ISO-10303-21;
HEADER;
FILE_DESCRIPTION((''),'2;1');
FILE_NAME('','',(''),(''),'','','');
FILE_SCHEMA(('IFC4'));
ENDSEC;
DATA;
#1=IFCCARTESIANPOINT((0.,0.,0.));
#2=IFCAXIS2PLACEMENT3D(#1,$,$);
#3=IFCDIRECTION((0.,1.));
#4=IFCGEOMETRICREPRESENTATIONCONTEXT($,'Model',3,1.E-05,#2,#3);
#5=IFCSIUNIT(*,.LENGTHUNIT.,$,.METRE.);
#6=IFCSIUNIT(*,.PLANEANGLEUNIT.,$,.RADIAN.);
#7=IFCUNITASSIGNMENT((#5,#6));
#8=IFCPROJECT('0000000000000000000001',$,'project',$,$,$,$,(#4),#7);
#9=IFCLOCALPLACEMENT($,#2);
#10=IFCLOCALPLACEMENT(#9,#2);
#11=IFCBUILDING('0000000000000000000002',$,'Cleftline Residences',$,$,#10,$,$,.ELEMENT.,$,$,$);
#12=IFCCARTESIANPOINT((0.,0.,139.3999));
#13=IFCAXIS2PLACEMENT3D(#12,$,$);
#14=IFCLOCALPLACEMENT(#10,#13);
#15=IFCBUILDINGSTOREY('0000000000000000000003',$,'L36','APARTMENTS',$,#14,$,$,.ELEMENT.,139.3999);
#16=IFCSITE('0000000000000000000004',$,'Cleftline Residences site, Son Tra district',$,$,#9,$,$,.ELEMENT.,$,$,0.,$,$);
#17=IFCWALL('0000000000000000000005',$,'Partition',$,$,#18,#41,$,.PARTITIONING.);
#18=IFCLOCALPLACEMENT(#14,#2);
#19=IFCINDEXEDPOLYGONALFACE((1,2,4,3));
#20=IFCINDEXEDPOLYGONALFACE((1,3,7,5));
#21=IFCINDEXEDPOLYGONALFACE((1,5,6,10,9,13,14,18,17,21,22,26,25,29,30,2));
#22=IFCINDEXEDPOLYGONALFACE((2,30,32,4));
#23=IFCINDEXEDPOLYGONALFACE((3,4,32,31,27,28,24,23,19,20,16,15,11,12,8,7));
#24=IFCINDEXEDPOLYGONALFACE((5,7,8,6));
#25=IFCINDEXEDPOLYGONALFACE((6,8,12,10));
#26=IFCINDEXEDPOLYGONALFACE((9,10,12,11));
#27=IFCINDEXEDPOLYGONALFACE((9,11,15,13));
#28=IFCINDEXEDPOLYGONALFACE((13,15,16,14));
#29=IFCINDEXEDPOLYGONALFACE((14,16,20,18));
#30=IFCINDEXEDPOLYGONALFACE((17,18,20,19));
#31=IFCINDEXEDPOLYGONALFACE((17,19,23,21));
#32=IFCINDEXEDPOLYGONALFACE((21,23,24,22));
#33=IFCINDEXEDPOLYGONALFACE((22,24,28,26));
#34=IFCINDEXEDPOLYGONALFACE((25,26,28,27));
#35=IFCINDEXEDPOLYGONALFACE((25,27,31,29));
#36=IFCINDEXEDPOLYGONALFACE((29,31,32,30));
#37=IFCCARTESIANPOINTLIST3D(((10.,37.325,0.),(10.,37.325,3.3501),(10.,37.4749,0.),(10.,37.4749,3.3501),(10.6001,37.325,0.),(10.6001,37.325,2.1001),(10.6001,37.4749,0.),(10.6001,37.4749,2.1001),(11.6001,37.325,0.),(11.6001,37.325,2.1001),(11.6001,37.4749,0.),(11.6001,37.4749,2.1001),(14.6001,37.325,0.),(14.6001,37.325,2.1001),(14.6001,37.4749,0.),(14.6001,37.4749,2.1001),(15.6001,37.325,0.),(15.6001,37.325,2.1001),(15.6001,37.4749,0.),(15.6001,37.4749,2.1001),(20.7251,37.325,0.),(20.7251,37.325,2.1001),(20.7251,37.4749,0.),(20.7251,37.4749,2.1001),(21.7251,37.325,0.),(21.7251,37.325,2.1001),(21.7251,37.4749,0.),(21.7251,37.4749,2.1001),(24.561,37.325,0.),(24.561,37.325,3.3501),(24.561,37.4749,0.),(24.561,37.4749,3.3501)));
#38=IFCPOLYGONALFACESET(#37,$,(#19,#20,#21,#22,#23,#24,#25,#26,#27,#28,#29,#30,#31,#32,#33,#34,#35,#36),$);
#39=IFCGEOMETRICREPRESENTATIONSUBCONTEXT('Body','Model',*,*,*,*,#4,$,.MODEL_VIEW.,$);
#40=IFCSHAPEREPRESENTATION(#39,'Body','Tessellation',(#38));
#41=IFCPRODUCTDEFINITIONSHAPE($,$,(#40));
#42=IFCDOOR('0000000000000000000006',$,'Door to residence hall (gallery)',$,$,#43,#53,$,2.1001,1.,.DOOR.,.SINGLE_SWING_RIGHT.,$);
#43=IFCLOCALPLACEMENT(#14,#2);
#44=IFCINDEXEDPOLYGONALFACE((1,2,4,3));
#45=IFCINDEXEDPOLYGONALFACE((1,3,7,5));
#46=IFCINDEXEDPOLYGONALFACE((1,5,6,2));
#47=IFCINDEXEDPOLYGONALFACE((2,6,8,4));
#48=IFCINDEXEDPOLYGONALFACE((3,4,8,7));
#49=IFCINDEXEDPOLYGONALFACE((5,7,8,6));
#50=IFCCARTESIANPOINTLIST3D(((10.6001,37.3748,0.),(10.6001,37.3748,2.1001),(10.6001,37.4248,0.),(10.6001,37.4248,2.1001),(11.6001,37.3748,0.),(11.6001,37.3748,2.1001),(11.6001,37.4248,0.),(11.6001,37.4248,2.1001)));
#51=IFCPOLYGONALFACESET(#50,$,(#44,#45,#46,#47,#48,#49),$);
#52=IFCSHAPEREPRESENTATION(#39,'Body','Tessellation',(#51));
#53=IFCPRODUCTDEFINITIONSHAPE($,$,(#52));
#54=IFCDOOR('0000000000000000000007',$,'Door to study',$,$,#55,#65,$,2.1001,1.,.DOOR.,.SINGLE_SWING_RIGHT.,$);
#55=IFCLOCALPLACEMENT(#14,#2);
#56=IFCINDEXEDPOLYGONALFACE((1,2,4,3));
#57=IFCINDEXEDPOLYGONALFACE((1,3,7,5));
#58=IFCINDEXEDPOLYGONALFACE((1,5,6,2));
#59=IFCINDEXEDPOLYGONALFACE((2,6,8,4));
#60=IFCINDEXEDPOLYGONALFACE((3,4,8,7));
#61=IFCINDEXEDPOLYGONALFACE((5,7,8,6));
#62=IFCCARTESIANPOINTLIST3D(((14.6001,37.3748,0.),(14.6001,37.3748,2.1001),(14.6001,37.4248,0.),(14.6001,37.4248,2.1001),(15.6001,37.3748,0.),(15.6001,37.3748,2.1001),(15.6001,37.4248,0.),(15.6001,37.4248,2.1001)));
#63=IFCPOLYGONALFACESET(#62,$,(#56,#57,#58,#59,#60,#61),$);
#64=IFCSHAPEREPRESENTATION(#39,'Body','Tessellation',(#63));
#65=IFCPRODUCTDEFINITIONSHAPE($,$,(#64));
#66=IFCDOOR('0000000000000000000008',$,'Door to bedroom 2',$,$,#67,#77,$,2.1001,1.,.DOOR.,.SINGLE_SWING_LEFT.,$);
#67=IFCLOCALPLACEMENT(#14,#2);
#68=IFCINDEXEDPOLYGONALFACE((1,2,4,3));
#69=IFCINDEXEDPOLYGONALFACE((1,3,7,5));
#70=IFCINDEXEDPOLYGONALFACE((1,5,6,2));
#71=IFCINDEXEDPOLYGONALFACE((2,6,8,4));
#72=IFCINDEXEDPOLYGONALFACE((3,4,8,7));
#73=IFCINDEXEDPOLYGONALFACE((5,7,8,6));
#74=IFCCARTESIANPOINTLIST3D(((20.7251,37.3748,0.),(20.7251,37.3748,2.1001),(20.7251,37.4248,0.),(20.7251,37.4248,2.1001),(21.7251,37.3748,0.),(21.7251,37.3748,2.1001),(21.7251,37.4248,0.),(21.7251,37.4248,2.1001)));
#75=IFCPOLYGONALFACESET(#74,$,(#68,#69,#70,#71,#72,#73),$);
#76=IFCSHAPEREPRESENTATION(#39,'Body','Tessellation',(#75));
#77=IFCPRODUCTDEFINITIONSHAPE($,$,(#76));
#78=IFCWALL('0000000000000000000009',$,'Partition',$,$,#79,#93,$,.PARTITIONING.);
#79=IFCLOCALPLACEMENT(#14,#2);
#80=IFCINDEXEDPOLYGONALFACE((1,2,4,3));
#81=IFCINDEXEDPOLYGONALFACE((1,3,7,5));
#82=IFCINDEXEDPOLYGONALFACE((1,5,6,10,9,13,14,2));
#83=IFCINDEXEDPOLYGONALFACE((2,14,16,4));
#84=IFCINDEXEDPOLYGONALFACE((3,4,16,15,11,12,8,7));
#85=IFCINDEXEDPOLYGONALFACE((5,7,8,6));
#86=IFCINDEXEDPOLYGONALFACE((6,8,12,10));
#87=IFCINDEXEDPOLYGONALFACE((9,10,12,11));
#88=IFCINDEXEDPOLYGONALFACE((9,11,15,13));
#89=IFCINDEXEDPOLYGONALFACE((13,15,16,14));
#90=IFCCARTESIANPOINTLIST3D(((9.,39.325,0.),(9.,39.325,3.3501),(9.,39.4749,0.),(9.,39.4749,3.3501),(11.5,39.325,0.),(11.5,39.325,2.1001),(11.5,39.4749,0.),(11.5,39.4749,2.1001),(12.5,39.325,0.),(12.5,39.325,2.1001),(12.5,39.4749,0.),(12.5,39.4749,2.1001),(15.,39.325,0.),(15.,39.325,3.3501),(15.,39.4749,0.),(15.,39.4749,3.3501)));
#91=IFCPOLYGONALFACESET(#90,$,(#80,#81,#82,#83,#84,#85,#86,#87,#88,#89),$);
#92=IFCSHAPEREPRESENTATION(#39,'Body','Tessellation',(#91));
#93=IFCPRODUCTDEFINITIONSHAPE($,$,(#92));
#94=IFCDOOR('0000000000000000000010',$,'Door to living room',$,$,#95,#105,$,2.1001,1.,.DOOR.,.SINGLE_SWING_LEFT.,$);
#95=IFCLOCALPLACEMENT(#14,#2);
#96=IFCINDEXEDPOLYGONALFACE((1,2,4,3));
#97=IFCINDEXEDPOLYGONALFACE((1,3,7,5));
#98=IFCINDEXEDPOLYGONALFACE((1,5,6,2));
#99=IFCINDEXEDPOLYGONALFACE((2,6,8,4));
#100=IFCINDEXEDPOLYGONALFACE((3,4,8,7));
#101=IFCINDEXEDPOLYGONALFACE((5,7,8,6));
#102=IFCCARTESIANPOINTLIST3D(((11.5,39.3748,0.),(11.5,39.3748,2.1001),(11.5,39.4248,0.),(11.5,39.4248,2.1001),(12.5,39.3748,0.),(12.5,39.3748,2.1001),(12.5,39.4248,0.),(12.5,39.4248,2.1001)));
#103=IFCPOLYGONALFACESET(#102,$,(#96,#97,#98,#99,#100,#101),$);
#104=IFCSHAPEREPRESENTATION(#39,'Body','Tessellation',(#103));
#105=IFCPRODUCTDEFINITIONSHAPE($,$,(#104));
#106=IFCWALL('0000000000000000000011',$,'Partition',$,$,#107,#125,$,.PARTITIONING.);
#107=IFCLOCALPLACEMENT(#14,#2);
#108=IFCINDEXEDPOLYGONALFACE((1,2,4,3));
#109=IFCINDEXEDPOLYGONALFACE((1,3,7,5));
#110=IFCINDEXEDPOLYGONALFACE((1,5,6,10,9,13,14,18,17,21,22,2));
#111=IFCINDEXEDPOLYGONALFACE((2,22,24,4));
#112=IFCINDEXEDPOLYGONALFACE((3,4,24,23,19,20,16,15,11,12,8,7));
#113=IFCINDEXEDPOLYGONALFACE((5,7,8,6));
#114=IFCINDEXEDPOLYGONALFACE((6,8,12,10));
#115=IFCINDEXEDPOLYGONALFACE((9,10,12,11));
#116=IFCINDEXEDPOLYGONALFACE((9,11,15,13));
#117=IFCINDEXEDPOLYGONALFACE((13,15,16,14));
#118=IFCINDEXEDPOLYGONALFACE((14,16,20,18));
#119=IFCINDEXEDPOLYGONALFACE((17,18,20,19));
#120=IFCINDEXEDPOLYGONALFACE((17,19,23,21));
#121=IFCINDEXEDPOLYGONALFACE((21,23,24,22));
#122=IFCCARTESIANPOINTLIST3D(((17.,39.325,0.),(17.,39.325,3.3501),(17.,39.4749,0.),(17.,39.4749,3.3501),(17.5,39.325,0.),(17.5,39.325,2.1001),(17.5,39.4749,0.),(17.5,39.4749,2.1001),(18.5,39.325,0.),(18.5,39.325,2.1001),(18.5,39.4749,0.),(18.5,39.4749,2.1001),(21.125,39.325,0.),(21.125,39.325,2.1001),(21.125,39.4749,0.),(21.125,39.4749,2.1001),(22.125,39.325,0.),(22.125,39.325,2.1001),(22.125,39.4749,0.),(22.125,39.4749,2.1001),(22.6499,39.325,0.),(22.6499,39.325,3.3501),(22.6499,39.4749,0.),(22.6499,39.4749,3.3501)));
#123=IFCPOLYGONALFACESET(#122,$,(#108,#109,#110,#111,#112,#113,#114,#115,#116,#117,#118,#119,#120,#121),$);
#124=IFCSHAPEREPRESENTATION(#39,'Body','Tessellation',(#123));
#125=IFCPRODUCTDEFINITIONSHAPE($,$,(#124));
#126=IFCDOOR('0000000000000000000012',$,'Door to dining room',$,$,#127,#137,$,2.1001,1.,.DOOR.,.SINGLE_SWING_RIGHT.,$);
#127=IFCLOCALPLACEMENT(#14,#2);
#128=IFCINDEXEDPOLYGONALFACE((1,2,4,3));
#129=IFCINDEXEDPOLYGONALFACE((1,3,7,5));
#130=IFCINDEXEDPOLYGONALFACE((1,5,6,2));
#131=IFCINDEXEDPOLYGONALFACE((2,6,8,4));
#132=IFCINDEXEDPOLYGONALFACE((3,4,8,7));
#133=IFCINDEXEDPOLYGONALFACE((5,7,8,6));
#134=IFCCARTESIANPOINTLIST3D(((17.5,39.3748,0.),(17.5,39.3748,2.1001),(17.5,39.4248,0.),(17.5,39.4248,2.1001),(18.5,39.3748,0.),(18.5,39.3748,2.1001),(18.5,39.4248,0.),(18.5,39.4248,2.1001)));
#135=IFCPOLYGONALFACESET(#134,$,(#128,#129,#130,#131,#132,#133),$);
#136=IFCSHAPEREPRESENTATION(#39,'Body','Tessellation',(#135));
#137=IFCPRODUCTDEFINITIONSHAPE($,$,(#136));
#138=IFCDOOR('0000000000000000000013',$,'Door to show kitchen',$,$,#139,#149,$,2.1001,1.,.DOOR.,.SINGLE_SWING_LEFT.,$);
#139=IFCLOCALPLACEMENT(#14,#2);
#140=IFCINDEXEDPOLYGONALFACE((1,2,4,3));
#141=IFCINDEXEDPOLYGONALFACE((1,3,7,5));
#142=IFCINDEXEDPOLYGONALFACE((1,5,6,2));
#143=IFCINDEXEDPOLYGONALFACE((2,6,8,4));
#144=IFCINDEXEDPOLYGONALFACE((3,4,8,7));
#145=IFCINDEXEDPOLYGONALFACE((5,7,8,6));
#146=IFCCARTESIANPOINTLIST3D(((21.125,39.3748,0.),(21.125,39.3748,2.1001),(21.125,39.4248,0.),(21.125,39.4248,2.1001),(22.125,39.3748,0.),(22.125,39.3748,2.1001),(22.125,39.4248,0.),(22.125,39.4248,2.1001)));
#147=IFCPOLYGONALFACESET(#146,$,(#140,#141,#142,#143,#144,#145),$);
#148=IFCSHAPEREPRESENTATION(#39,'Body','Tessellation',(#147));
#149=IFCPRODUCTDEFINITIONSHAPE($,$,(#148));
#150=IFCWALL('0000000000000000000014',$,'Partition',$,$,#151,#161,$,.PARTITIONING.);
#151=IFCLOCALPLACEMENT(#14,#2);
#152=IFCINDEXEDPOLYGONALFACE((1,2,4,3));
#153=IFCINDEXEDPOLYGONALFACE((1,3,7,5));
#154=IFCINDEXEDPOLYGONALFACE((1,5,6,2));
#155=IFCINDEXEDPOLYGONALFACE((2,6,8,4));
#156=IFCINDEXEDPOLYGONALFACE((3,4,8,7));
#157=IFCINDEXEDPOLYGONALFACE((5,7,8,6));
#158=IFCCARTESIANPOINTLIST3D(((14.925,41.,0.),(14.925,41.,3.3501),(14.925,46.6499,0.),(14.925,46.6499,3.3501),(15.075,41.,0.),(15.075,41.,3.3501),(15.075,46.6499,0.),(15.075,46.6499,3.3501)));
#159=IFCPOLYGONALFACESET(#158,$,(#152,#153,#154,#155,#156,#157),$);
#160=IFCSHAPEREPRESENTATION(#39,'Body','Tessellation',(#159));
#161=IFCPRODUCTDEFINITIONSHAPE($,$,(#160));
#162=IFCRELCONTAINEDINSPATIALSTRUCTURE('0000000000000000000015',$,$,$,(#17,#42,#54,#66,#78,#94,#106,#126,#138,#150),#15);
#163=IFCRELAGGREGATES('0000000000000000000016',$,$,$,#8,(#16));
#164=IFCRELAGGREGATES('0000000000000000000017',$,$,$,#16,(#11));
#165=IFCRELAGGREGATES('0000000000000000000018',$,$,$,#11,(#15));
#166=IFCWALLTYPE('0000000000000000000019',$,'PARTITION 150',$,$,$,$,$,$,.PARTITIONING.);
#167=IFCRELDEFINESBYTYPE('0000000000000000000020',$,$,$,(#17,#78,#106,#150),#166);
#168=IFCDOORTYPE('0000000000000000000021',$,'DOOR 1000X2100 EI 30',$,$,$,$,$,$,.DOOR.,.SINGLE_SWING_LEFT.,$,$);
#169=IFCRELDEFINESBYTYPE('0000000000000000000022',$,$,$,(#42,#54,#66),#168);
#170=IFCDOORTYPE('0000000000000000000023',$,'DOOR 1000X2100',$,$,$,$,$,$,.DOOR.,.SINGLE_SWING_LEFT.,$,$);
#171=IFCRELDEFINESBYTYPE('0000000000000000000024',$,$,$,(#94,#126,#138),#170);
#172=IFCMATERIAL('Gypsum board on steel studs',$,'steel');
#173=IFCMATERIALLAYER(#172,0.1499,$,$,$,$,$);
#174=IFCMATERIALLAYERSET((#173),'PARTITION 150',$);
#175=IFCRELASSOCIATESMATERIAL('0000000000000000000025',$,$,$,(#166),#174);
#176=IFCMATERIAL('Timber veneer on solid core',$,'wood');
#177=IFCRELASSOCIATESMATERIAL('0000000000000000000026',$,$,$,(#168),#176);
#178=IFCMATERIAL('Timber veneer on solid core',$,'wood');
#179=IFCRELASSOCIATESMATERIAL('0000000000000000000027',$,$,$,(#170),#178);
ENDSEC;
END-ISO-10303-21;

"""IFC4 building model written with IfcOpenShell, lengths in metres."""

from ifc_helpers import new_model, si_unit, direction, frame, frame_2d, origin, place, context, subcontext, project, spatial, rectangle, extrude, material, layer, layer_set, type_object, element, fill, save


model = new_model("IFC4")

# Units and contexts
model_context = context("Model", 3, precision=1e-05, world=origin(), true_north=direction((0.0, 1.0)))
body_context = subcontext(model_context, "Body", "Model", "MODEL_VIEW")
ifc_project = project(units=[si_unit("LENGTHUNIT", "METRE"), si_unit("PLANEANGLEUNIT", "RADIAN")], contexts=[model_context])

# Site, building, storey
site_placement = place(None, origin())
site = spatial("IfcSite", under=ifc_project, at=site_placement, Name="Cleftline Residences site, Son Tra district", CompositionType="ELEMENT", RefElevation=0.0)
building_placement = place(site_placement, origin())
building = spatial("IfcBuilding", under=site, at=building_placement, Name="Cleftline Residences", CompositionType="ELEMENT")
storey_placement = place(building_placement, frame((0.0, 0.0, 139.3999)))
storey = spatial("IfcBuildingStorey", under=building, at=storey_placement, Name="L36", Description="APARTMENTS", CompositionType="ELEMENT", Elevation=139.3999)

# Wall, openings, doors
ifc_material_1 = material(Name="Gypsum board on steel studs", Category="steel")
ifc_layer = layer(ifc_material_1, 0.1499)
ifc_layer_set = layer_set([ifc_layer], Name="PARTITION 150")
wall_type = type_object("IfcWallType", Name="PARTITION 150", PredefinedType="PARTITIONING", material=ifc_layer_set)
wall_1_placement = place(storey_placement, frame((10.0, 37.3999, 0.0), z_axis=(0.0, 0.0, 1.0), x_axis=(1.0, 0.0, 0.0)))
wall_1 = element("IfcWall", 1, at=wall_1_placement, inside=storey, type_object=wall_type, Name="Partition", PredefinedType="PARTITIONING", context=body_context, shape_type="SweptSolid", body=[
    extrude(rectangle(XDim=14.561, YDim=0.1499, at=frame_2d((7.2805, 0.0))), origin(), (0.0, 0.0, 1.0), 3.3501),
])
opening_1_placement = place(wall_1_placement, frame((0.6001, 0.0, 0.0)))
opening_1 = element("IfcOpeningElement", 2, at=opening_1_placement, cuts=wall_1, PredefinedType="OPENING", context=body_context, shape_type="SweptSolid", body=[
    extrude(rectangle(XDim=1.0, YDim=2.1001, at=frame_2d((0.5, 1.05))), frame((0.0, 0.085, 0.0), z_axis=(0.0, -1.0, 0.0), x_axis=(1.0, 0.0, 0.0)), (0.0, 0.0, 1.0), 0.1699),
])
opening_2_placement = place(wall_1_placement, frame((4.6001, 0.0, 0.0)))
opening_2 = element("IfcOpeningElement", 3, at=opening_2_placement, cuts=wall_1, PredefinedType="OPENING", context=body_context, shape_type="SweptSolid", body=[
    extrude(rectangle(XDim=1.0, YDim=2.1001, at=frame_2d((0.5, 1.05))), frame((0.0, 0.085, 0.0), z_axis=(0.0, -1.0, 0.0), x_axis=(1.0, 0.0, 0.0)), (0.0, 0.0, 1.0), 0.1699),
])
opening_3_placement = place(wall_1_placement, frame((10.7251, 0.0, 0.0)))
opening_3 = element("IfcOpeningElement", 4, at=opening_3_placement, cuts=wall_1, PredefinedType="OPENING", context=body_context, shape_type="SweptSolid", body=[
    extrude(rectangle(XDim=1.0, YDim=2.1001, at=frame_2d((0.5, 1.05))), frame((0.0, 0.085, 0.0), z_axis=(0.0, -1.0, 0.0), x_axis=(1.0, 0.0, 0.0)), (0.0, 0.0, 1.0), 0.1699),
])
ifc_material_2 = material(Name="Timber veneer on solid core", Category="wood")
door_type_1 = type_object("IfcDoorType", Name="DOOR 1000X2100 EI 30", OperationType="SINGLE_SWING_LEFT", PredefinedType="DOOR", material=ifc_material_2)
door_1_placement = place(opening_1_placement, origin())
door_1 = element("IfcDoor", 5, at=door_1_placement, inside=storey, type_object=door_type_1, Name="Door to residence hall (gallery)", OperationType="SINGLE_SWING_RIGHT", OverallHeight=2.1001, OverallWidth=1.0, PredefinedType="DOOR", context=body_context, shape_type="SweptSolid", body=[
    extrude(rectangle(XDim=1.0, YDim=2.1001, at=frame_2d((0.5, 1.05))), frame((0.0, 0.0249, 0.0), z_axis=(0.0, -1.0, 0.0), x_axis=(1.0, 0.0, 0.0)), (0.0, 0.0, 1.0), 0.05),
])
fill(opening_1, door_1)
door_2_placement = place(opening_2_placement, origin())
door_2 = element("IfcDoor", 6, at=door_2_placement, inside=storey, type_object=door_type_1, Name="Door to study", OperationType="SINGLE_SWING_RIGHT", OverallHeight=2.1001, OverallWidth=1.0, PredefinedType="DOOR", context=body_context, shape_type="SweptSolid", body=[
    extrude(rectangle(XDim=1.0, YDim=2.1001, at=frame_2d((0.5, 1.05))), frame((0.0, 0.0249, 0.0), z_axis=(0.0, -1.0, 0.0), x_axis=(1.0, 0.0, 0.0)), (0.0, 0.0, 1.0), 0.05),
])
fill(opening_2, door_2)
door_3_placement = place(opening_3_placement, origin())
door_3 = element("IfcDoor", 7, at=door_3_placement, inside=storey, type_object=door_type_1, Name="Door to bedroom 2", OperationType="SINGLE_SWING_LEFT", OverallHeight=2.1001, OverallWidth=1.0, PredefinedType="DOOR", context=body_context, shape_type="SweptSolid", body=[
    extrude(rectangle(XDim=1.0, YDim=2.1001, at=frame_2d((0.5, 1.05))), frame((0.0, 0.0249, 0.0), z_axis=(0.0, -1.0, 0.0), x_axis=(1.0, 0.0, 0.0)), (0.0, 0.0, 1.0), 0.05),
])
fill(opening_3, door_3)

# Wall, opening, door
wall_2_placement = place(storey_placement, frame((9.0, 39.3999, 0.0), z_axis=(0.0, 0.0, 1.0), x_axis=(1.0, 0.0, 0.0)))
wall_2 = element("IfcWall", 8, at=wall_2_placement, inside=storey, type_object=wall_type, Name="Partition", PredefinedType="PARTITIONING", context=body_context, shape_type="SweptSolid", body=[
    extrude(rectangle(XDim=6.0, YDim=0.1499, at=frame_2d((3.0, 0.0))), origin(), (0.0, 0.0, 1.0), 3.3501),
])
opening_4_placement = place(wall_2_placement, frame((2.5, 0.0, 0.0)))
opening_4 = element("IfcOpeningElement", 9, at=opening_4_placement, cuts=wall_2, PredefinedType="OPENING", context=body_context, shape_type="SweptSolid", body=[
    extrude(rectangle(XDim=1.0, YDim=2.1001, at=frame_2d((0.5, 1.05))), frame((0.0, 0.085, 0.0), z_axis=(0.0, -1.0, 0.0), x_axis=(1.0, 0.0, 0.0)), (0.0, 0.0, 1.0), 0.1699),
])
ifc_material_3 = material(Name="Timber veneer on solid core", Category="wood")
door_type_2 = type_object("IfcDoorType", Name="DOOR 1000X2100", OperationType="SINGLE_SWING_LEFT", PredefinedType="DOOR", material=ifc_material_3)
door_4_placement = place(opening_4_placement, origin())
door_4 = element("IfcDoor", 10, at=door_4_placement, inside=storey, type_object=door_type_2, Name="Door to living room", OperationType="SINGLE_SWING_LEFT", OverallHeight=2.1001, OverallWidth=1.0, PredefinedType="DOOR", context=body_context, shape_type="SweptSolid", body=[
    extrude(rectangle(XDim=1.0, YDim=2.1001, at=frame_2d((0.5, 1.05))), frame((0.0, 0.0249, 0.0), z_axis=(0.0, -1.0, 0.0), x_axis=(1.0, 0.0, 0.0)), (0.0, 0.0, 1.0), 0.05),
])
fill(opening_4, door_4)

# Wall, openings, doors
wall_3_placement = place(storey_placement, frame((17.0, 39.3999, 0.0), z_axis=(0.0, 0.0, 1.0), x_axis=(1.0, 0.0, 0.0)))
wall_3 = element("IfcWall", 11, at=wall_3_placement, inside=storey, type_object=wall_type, Name="Partition", PredefinedType="PARTITIONING", context=body_context, shape_type="SweptSolid", body=[
    extrude(rectangle(XDim=5.6499, YDim=0.1499, at=frame_2d((2.825, 0.0))), origin(), (0.0, 0.0, 1.0), 3.3501),
])
opening_5_placement = place(wall_3_placement, frame((0.5, 0.0, 0.0)))
opening_5 = element("IfcOpeningElement", 12, at=opening_5_placement, cuts=wall_3, PredefinedType="OPENING", context=body_context, shape_type="SweptSolid", body=[
    extrude(rectangle(XDim=1.0, YDim=2.1001, at=frame_2d((0.5, 1.05))), frame((0.0, 0.085, 0.0), z_axis=(0.0, -1.0, 0.0), x_axis=(1.0, 0.0, 0.0)), (0.0, 0.0, 1.0), 0.1699),
])
opening_6_placement = place(wall_3_placement, frame((4.125, 0.0, 0.0)))
opening_6 = element("IfcOpeningElement", 13, at=opening_6_placement, cuts=wall_3, PredefinedType="OPENING", context=body_context, shape_type="SweptSolid", body=[
    extrude(rectangle(XDim=1.0, YDim=2.1001, at=frame_2d((0.5, 1.05))), frame((0.0, 0.085, 0.0), z_axis=(0.0, -1.0, 0.0), x_axis=(1.0, 0.0, 0.0)), (0.0, 0.0, 1.0), 0.1699),
])
door_5_placement = place(opening_5_placement, origin())
door_5 = element("IfcDoor", 14, at=door_5_placement, inside=storey, type_object=door_type_2, Name="Door to dining room", OperationType="SINGLE_SWING_RIGHT", OverallHeight=2.1001, OverallWidth=1.0, PredefinedType="DOOR", context=body_context, shape_type="SweptSolid", body=[
    extrude(rectangle(XDim=1.0, YDim=2.1001, at=frame_2d((0.5, 1.05))), frame((0.0, 0.0249, 0.0), z_axis=(0.0, -1.0, 0.0), x_axis=(1.0, 0.0, 0.0)), (0.0, 0.0, 1.0), 0.05),
])
fill(opening_5, door_5)
door_6_placement = place(opening_6_placement, origin())
door_6 = element("IfcDoor", 15, at=door_6_placement, inside=storey, type_object=door_type_2, Name="Door to show kitchen", OperationType="SINGLE_SWING_LEFT", OverallHeight=2.1001, OverallWidth=1.0, PredefinedType="DOOR", context=body_context, shape_type="SweptSolid", body=[
    extrude(rectangle(XDim=1.0, YDim=2.1001, at=frame_2d((0.5, 1.05))), frame((0.0, 0.0249, 0.0), z_axis=(0.0, -1.0, 0.0), x_axis=(1.0, 0.0, 0.0)), (0.0, 0.0, 1.0), 0.05),
])
fill(opening_6, door_6)

# Wall
wall_4_placement = place(storey_placement, frame((15.0, 41.0, 0.0), z_axis=(0.0, 0.0, 1.0), x_axis=(0.0, 1.0, 0.0)))
element("IfcWall", 16, at=wall_4_placement, inside=storey, type_object=wall_type, Name="Partition", PredefinedType="PARTITIONING", context=body_context, shape_type="SweptSolid", body=[
    extrude(rectangle(XDim=5.6499, YDim=0.1499, at=frame_2d((2.825, 0.0))), origin(), (0.0, 0.0, 1.0), 3.3501),
])

save(model, "model.ifc")
